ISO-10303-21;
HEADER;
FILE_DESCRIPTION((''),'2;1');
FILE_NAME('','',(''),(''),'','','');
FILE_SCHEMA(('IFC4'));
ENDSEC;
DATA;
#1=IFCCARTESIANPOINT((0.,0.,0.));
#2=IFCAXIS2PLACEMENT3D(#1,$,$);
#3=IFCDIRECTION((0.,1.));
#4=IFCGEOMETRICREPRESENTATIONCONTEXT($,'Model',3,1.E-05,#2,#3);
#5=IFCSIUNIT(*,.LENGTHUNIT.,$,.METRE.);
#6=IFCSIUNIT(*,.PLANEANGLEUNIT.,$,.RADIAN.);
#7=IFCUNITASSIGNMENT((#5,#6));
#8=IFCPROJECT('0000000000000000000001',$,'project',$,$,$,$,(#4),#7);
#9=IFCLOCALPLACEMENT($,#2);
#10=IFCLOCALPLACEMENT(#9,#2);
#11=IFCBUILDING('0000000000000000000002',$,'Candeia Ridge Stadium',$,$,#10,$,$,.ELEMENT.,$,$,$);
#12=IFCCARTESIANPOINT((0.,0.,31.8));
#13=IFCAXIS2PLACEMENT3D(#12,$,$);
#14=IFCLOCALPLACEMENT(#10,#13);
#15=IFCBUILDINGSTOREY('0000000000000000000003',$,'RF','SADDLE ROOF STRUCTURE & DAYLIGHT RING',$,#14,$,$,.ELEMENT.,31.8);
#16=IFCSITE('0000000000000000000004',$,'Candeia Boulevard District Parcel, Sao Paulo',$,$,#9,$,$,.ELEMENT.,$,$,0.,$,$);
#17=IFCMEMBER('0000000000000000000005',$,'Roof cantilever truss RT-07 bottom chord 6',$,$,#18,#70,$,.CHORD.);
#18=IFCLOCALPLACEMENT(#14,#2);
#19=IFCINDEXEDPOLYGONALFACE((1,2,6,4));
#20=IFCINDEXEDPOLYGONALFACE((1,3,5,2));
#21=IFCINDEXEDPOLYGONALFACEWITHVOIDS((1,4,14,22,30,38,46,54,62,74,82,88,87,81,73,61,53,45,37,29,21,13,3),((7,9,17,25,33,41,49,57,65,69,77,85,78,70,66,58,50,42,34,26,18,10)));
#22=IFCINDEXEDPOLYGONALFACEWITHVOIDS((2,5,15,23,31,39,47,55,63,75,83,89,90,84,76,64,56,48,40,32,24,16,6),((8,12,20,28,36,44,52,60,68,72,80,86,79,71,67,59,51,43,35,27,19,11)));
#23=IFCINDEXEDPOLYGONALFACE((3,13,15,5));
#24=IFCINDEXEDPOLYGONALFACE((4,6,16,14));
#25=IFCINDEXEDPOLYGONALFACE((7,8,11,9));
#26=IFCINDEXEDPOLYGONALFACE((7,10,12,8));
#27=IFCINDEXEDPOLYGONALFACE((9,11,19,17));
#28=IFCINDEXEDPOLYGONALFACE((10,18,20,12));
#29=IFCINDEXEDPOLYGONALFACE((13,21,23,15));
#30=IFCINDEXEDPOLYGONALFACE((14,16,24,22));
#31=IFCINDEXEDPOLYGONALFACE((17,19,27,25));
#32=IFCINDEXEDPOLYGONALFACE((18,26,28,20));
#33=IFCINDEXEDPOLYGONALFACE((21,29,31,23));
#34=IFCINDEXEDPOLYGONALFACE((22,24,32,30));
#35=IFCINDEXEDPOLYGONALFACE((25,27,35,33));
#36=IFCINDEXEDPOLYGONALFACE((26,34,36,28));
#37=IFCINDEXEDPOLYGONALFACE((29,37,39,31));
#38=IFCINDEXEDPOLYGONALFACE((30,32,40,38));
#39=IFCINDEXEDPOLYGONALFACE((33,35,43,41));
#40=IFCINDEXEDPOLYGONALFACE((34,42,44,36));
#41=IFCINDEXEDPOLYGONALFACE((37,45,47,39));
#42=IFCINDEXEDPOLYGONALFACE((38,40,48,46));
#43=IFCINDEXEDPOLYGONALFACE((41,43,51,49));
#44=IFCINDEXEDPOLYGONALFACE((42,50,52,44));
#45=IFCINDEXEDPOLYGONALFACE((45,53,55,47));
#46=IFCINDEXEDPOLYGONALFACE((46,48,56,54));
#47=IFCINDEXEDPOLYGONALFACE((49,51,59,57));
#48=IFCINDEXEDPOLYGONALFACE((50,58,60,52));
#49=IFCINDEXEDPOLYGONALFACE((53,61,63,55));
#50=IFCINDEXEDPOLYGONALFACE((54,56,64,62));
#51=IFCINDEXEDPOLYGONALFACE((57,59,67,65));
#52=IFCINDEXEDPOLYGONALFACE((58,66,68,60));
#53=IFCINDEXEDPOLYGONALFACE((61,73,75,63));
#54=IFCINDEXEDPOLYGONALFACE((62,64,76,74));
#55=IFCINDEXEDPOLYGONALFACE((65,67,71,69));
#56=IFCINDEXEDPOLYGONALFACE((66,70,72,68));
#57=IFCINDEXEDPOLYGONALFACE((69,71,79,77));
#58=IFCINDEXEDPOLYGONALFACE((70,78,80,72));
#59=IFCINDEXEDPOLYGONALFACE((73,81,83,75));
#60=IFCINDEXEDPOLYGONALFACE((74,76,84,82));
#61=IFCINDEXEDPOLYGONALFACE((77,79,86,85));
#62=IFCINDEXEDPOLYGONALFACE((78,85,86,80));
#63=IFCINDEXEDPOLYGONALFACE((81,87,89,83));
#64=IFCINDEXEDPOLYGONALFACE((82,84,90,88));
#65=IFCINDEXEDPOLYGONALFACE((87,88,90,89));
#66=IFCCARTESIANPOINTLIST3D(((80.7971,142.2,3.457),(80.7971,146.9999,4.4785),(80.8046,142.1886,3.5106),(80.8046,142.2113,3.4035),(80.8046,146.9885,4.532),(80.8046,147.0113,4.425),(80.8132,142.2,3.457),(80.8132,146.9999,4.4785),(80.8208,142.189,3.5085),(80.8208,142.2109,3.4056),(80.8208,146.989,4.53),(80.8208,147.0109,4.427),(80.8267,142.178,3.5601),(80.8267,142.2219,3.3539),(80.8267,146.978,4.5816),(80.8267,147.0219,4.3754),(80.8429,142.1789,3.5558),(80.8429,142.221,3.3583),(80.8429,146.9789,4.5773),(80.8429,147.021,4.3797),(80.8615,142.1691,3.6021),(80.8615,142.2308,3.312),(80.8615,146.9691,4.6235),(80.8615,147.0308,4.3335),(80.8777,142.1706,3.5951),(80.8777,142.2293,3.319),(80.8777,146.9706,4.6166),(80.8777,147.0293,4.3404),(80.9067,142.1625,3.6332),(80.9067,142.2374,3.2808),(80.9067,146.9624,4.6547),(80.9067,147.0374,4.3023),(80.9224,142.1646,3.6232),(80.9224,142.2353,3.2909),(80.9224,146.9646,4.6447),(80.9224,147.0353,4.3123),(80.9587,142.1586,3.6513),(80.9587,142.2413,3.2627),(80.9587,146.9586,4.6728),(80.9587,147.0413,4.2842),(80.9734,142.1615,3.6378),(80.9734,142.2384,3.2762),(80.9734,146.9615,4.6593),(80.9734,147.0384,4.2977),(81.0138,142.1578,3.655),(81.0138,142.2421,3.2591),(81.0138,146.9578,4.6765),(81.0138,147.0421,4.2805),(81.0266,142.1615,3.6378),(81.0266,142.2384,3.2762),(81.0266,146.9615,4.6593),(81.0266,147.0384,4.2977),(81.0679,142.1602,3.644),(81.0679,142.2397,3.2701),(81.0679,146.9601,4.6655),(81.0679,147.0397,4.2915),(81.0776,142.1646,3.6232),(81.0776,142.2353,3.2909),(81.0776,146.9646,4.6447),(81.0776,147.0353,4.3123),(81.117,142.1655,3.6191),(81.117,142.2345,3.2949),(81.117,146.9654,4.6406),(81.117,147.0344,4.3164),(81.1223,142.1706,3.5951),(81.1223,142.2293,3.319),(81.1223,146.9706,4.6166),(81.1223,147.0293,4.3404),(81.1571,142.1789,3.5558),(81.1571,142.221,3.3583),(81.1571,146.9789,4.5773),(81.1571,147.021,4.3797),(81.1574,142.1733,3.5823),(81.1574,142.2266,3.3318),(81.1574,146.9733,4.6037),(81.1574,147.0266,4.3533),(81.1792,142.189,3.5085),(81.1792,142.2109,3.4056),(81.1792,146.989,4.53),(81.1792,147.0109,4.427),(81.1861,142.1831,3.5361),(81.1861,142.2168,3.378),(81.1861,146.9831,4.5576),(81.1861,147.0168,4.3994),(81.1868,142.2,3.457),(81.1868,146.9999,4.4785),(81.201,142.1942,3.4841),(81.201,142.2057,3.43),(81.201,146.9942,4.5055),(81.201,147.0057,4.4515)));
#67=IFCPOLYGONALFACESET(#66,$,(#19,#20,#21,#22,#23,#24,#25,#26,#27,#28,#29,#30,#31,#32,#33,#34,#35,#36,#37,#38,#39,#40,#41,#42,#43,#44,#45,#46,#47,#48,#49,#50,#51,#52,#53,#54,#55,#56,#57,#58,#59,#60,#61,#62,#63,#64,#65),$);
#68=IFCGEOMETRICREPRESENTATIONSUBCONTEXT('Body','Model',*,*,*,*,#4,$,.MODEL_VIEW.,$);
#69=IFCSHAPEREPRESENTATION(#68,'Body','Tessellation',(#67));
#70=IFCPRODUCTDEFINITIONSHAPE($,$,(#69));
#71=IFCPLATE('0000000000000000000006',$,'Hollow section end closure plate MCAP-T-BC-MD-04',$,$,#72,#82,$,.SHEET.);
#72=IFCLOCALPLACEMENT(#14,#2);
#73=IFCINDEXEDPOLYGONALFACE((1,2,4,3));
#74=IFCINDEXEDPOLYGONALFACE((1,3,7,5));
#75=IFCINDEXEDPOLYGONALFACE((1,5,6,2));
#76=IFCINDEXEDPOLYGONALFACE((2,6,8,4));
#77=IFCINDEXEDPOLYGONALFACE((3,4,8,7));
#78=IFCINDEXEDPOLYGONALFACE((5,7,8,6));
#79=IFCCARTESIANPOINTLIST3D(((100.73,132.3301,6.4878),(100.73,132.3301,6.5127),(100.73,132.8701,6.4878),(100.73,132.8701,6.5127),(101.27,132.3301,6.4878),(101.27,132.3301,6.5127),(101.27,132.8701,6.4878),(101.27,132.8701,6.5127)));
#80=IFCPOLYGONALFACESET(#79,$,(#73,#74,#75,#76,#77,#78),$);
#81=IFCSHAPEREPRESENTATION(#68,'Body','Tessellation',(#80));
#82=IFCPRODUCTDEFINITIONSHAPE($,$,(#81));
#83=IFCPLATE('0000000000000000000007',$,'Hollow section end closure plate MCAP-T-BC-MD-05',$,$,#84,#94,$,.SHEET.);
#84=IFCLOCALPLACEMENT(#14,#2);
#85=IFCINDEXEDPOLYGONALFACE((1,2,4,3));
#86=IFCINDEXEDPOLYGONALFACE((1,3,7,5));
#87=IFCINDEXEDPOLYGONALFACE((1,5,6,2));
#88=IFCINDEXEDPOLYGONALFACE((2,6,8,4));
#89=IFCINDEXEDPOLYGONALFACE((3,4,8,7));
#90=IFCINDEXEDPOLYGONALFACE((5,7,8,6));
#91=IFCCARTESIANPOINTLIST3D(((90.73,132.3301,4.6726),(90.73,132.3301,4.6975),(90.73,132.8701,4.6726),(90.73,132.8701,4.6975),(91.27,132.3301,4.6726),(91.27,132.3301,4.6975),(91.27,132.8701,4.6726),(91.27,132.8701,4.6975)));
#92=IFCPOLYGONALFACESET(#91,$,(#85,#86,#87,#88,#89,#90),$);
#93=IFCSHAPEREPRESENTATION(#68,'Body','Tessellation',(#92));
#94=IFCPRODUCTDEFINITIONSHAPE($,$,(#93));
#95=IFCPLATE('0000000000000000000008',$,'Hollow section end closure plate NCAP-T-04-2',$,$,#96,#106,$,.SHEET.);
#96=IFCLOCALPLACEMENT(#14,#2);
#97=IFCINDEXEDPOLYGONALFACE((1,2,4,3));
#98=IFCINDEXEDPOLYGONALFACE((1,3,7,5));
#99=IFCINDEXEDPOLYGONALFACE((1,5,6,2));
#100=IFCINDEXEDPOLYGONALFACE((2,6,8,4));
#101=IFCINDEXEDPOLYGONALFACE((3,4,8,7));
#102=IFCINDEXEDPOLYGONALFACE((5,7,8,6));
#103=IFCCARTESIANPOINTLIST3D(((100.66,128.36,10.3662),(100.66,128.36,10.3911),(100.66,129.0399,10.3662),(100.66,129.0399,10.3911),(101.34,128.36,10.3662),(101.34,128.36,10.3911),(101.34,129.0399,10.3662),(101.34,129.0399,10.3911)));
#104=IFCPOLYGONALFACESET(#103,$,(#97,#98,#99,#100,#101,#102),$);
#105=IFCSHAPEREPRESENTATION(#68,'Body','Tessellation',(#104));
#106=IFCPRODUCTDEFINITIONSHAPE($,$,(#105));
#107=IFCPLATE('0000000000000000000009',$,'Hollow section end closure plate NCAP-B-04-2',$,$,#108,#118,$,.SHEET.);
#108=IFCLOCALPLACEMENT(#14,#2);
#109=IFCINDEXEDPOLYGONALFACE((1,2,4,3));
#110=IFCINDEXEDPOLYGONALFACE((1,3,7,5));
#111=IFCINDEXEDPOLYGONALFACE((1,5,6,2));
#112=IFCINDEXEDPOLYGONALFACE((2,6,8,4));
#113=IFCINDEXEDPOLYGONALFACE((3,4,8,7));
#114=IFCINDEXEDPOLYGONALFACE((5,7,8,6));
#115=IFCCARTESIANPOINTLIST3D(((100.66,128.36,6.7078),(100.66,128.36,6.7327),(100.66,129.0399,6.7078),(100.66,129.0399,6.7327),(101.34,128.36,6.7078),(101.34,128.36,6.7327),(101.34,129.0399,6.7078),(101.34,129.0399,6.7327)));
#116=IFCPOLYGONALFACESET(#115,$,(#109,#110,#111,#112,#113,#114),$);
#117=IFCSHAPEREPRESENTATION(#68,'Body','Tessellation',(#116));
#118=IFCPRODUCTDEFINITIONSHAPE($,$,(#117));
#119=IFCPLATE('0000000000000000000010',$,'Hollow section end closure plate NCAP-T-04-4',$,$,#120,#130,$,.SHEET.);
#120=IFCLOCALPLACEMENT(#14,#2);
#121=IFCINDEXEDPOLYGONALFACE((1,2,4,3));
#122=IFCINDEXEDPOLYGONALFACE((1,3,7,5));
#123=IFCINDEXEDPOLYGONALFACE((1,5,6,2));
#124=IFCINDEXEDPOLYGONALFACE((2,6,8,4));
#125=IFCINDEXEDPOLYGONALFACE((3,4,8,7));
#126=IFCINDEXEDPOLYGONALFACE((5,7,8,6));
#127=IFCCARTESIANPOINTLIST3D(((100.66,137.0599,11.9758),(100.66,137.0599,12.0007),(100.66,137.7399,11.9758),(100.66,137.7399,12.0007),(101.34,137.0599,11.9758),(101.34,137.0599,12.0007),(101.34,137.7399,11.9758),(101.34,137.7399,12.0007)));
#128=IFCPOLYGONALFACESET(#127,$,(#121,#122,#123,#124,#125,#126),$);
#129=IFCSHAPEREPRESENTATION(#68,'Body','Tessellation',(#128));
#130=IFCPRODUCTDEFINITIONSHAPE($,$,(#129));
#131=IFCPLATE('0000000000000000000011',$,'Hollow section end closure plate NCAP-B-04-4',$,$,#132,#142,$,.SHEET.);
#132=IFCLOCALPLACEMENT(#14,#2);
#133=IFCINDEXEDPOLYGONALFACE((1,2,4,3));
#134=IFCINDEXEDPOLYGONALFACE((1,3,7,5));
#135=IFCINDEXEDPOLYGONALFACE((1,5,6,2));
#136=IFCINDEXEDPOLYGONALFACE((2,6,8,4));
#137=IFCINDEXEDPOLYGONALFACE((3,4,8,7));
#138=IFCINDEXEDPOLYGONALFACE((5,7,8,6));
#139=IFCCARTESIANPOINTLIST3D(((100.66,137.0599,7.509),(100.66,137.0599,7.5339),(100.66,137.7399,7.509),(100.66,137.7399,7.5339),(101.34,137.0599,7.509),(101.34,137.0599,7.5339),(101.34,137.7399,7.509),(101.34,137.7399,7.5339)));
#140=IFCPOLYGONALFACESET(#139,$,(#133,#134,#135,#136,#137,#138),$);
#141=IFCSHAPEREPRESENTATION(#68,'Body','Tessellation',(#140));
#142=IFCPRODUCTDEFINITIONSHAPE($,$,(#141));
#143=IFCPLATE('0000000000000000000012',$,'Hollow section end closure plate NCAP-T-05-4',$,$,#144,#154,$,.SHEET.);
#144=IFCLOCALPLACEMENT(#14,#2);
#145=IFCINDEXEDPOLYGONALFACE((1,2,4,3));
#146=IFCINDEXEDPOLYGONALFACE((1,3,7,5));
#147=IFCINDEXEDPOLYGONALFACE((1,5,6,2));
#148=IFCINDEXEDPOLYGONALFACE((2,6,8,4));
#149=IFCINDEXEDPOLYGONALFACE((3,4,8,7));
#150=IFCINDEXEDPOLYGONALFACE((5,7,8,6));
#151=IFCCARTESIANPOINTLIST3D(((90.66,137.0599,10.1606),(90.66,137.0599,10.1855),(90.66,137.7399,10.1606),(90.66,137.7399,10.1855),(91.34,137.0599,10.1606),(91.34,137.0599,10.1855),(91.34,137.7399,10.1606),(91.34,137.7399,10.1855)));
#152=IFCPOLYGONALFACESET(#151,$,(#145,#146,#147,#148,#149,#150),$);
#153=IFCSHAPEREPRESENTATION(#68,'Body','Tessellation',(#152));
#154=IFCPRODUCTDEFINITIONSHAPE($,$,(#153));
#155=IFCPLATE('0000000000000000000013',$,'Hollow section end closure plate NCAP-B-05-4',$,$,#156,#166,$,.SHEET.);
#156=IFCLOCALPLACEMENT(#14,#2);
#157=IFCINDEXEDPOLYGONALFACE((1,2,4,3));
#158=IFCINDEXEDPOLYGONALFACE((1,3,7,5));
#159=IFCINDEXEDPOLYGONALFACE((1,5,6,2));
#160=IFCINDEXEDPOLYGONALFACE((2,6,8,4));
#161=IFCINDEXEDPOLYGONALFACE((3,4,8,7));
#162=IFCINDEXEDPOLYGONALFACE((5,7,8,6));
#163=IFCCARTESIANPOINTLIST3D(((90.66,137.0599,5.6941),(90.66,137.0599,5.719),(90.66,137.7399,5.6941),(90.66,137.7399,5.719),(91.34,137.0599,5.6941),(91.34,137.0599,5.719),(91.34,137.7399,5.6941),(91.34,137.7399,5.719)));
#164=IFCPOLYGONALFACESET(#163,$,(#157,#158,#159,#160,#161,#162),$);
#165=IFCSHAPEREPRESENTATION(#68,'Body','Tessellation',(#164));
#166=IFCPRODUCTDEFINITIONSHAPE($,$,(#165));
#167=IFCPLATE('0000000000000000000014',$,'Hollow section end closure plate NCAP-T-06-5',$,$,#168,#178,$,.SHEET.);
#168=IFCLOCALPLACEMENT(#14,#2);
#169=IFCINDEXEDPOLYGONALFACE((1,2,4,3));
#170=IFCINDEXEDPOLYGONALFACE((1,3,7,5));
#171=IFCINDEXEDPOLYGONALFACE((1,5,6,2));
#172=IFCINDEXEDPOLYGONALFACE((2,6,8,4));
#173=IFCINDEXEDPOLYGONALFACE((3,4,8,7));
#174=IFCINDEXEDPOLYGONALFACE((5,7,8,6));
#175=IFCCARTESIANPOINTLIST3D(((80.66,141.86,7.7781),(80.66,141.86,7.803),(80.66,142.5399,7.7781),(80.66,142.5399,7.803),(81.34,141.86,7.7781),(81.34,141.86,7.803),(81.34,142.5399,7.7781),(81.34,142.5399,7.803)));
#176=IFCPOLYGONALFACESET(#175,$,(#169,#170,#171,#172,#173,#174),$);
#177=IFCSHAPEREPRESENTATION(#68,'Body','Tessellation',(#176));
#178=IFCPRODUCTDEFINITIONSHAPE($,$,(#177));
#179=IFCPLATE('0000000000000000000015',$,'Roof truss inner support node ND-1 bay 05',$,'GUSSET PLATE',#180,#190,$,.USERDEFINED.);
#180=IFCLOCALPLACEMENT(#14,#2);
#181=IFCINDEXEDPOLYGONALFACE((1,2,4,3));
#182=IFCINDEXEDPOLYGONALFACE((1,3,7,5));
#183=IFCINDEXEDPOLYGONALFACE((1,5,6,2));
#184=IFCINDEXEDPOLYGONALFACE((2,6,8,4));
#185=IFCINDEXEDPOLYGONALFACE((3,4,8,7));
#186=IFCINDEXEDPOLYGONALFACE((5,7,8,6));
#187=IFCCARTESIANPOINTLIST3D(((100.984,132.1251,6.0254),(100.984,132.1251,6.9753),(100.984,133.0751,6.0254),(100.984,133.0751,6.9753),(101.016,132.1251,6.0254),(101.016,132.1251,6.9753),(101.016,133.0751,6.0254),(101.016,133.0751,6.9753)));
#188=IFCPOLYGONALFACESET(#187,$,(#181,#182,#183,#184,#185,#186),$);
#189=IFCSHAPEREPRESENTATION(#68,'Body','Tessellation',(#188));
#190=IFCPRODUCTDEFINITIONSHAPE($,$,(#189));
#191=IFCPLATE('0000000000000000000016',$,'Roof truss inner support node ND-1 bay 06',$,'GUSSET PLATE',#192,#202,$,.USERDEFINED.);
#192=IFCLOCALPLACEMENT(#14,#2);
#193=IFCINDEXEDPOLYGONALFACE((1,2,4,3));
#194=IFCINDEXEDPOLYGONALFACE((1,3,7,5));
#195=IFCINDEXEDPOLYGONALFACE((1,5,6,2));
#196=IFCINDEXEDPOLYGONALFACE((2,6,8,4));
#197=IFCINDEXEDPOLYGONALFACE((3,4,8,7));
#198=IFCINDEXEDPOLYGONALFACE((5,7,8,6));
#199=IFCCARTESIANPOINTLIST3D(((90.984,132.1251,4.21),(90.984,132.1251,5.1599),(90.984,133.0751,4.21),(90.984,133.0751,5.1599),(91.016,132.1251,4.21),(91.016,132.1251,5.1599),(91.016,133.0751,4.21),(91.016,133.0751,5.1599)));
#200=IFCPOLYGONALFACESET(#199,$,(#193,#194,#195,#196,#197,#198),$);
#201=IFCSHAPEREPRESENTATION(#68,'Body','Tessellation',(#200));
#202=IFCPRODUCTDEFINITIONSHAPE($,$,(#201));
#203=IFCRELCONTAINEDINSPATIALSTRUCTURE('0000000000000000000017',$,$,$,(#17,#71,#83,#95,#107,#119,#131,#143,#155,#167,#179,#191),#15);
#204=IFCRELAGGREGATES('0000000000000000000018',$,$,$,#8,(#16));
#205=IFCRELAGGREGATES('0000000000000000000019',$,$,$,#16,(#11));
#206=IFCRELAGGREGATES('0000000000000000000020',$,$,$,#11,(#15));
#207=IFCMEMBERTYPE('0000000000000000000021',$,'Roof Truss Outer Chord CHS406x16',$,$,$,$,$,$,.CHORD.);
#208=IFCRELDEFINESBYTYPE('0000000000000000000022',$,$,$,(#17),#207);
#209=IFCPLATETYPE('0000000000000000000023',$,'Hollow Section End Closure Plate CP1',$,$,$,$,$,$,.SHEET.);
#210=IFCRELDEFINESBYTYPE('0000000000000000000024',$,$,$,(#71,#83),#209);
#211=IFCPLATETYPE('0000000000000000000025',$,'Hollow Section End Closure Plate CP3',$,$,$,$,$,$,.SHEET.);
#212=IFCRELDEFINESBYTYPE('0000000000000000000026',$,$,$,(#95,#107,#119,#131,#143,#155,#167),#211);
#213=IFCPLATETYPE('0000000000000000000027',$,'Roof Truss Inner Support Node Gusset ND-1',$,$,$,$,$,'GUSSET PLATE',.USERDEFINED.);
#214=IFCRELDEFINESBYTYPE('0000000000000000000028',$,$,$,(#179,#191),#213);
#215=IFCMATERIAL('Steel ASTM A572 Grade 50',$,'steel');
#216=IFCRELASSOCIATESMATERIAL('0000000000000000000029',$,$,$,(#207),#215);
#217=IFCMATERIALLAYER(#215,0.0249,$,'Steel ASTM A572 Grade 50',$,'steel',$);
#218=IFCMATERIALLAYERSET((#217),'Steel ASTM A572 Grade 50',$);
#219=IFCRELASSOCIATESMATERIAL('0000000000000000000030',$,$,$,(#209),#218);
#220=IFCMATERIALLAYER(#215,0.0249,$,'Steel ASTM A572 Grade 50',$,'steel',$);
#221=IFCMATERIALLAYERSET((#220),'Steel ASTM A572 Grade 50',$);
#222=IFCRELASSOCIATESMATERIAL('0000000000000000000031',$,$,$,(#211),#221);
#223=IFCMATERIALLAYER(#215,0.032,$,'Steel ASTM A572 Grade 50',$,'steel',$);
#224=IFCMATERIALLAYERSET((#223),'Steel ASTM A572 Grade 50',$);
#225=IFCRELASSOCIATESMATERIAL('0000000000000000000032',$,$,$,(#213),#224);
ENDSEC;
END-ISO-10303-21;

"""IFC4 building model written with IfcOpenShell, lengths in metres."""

from ifc_helpers import new_model, si_unit, direction, frame, origin, origin_2d, place, context, subcontext, project, spatial, rectangle, hollow_circle, extrude, material, layer, layer_set, material_profile, profile_set, type_object, element, save


model = new_model("IFC4")

# Units and contexts
model_context = context("Model", 3, precision=1e-05, world=origin(), true_north=direction((0.0, 1.0)))
body_context = subcontext(model_context, "Body", "Model", "MODEL_VIEW")
ifc_project = project(units=[si_unit("LENGTHUNIT", "METRE"), si_unit("PLANEANGLEUNIT", "RADIAN")], contexts=[model_context])

# Site, building, storey
site_placement = place(None, origin())
site = spatial("IfcSite", under=ifc_project, at=site_placement, Name="Candeia Boulevard District Parcel, Sao Paulo", CompositionType="ELEMENT", RefElevation=0.0)
building_placement = place(site_placement, origin())
building = spatial("IfcBuilding", under=site, at=building_placement, Name="Candeia Ridge Stadium", CompositionType="ELEMENT")
storey_placement = place(building_placement, frame((0.0, 0.0, 31.8)))
storey = spatial("IfcBuildingStorey", under=building, at=storey_placement, Name="RF", Description="SADDLE ROOF STRUCTURE & DAYLIGHT RING", CompositionType="ELEMENT", Elevation=31.8)

# Shared definitions
ifc_material = material(Name="Steel ASTM A572 Grade 50", Category="steel")

# Member
ifc_material_profile_1 = material_profile(ifc_material, hollow_circle(Radius=0.2029, WallThickness=0.0161, at=origin_2d()), Name="CHS406x16", Category="steel")
ifc_profile_set_1 = profile_set([ifc_material_profile_1], Name="Steel ASTM A572 Grade 50")
member_type_1 = type_object("IfcMemberType", Name="Roof Truss Outer Chord CHS406x16", PredefinedType="CHORD", material=ifc_profile_set_1)
for number, where, z_axis, x_axis, name in (
    (1, (81.0, 142.2, 3.457), (0.0, 0.978098, 0.208146), (-1.0, 0.0, 0.0), "Roof cantilever truss RT-07 bottom chord 6"),
):
    element("IfcMember", number, at=place(storey_placement, frame(where, z_axis=z_axis, x_axis=x_axis)), inside=storey, type_object=member_type_1, Name=name, PredefinedType="CHORD", context=body_context, shape_type="SweptSolid", body=[
        extrude(hollow_circle(Radius=0.2029, WallThickness=0.0161, at=origin_2d()), origin(), (0.0, 0.0, 1.0), 4.9075),
    ])

# Plates
ifc_layer_1 = layer(ifc_material, 0.0249, Name="Steel ASTM A572 Grade 50", Category="steel")
ifc_layer_set_1 = layer_set([ifc_layer_1], Name="Steel ASTM A572 Grade 50")
plate_type_1 = type_object("IfcPlateType", Name="Hollow Section End Closure Plate CP1", PredefinedType="SHEET", material=ifc_layer_set_1)
for number, where, z_axis, x_axis, name in (
    (2, (101.0, 132.6001, 6.4878), (0.0, 0.0, 1.0), (1.0, 0.0, 0.0), "Hollow section end closure plate MCAP-T-BC-MD-04"),
    (3, (91.0, 132.6001, 4.6726), (0.0, 0.0, 1.0), (1.0, 0.0, 0.0), "Hollow section end closure plate MCAP-T-BC-MD-05"),
):
    element("IfcPlate", number, at=place(storey_placement, frame(where, z_axis=z_axis, x_axis=x_axis)), inside=storey, type_object=plate_type_1, Name=name, PredefinedType="SHEET", context=body_context, shape_type="SweptSolid", body=[
        extrude(rectangle(XDim=0.54, YDim=0.54, at=origin_2d()), origin(), (0.0, 0.0, 1.0), 0.0249),
    ])
ifc_layer_2 = layer(ifc_material, 0.0249, Name="Steel ASTM A572 Grade 50", Category="steel")
ifc_layer_set_2 = layer_set([ifc_layer_2], Name="Steel ASTM A572 Grade 50")
plate_type_2 = type_object("IfcPlateType", Name="Hollow Section End Closure Plate CP3", PredefinedType="SHEET", material=ifc_layer_set_2)
for number, where, z_axis, x_axis, name in (
    (4, (101.0, 128.7, 10.3662), (0.0, 0.0, 1.0), (1.0, 0.0, 0.0), "Hollow section end closure plate NCAP-T-04-2"),
    (5, (101.0, 128.7, 6.7078), (0.0, 0.0, 1.0), (1.0, 0.0, 0.0), "Hollow section end closure plate NCAP-B-04-2"),
    (6, (101.0, 137.3999, 11.9758), (0.0, 0.0, 1.0), (1.0, 0.0, 0.0), "Hollow section end closure plate NCAP-T-04-4"),
    (7, (101.0, 137.3999, 7.509), (0.0, 0.0, 1.0), (1.0, 0.0, 0.0), "Hollow section end closure plate NCAP-B-04-4"),
    (8, (91.0, 137.3999, 10.1606), (0.0, 0.0, 1.0), (1.0, 0.0, 0.0), "Hollow section end closure plate NCAP-T-05-4"),
    (9, (91.0, 137.3999, 5.6941), (0.0, 0.0, 1.0), (1.0, 0.0, 0.0), "Hollow section end closure plate NCAP-B-05-4"),
    (10, (81.0, 142.2, 7.7781), (0.0, 0.0, 1.0), (1.0, 0.0, 0.0), "Hollow section end closure plate NCAP-T-06-5"),
):
    element("IfcPlate", number, at=place(storey_placement, frame(where, z_axis=z_axis, x_axis=x_axis)), inside=storey, type_object=plate_type_2, Name=name, PredefinedType="SHEET", context=body_context, shape_type="SweptSolid", body=[
        extrude(rectangle(XDim=0.6799, YDim=0.6799, at=origin_2d()), origin(), (0.0, 0.0, 1.0), 0.0249),
    ])
ifc_layer_3 = layer(ifc_material, 0.032, Name="Steel ASTM A572 Grade 50", Category="steel")
ifc_layer_set_3 = layer_set([ifc_layer_3], Name="Steel ASTM A572 Grade 50")
plate_type_3 = type_object("IfcPlateType", Name="Roof Truss Inner Support Node Gusset ND-1", ElementType="GUSSET PLATE", PredefinedType="USERDEFINED", material=ifc_layer_set_3)
for number, where, z_axis, x_axis, name in (
    (11, (101.0, 132.6001, 6.0254), (0.0, 0.0, 1.0), (0.0, 1.0, 0.0), "Roof truss inner support node ND-1 bay 05"),
    (12, (91.0, 132.6001, 4.21), (0.0, 0.0, 1.0), (0.0, 1.0, 0.0), "Roof truss inner support node ND-1 bay 06"),
):
    element("IfcPlate", number, at=place(storey_placement, frame(where, z_axis=z_axis, x_axis=x_axis)), inside=storey, type_object=plate_type_3, Name=name, ObjectType="GUSSET PLATE", PredefinedType="USERDEFINED", context=body_context, shape_type="SweptSolid", body=[
        extrude(rectangle(XDim=0.95, YDim=0.032, at=origin_2d()), origin(), (0.0, 0.0, 1.0), 0.95),
    ])

save(model, "model.ifc")
